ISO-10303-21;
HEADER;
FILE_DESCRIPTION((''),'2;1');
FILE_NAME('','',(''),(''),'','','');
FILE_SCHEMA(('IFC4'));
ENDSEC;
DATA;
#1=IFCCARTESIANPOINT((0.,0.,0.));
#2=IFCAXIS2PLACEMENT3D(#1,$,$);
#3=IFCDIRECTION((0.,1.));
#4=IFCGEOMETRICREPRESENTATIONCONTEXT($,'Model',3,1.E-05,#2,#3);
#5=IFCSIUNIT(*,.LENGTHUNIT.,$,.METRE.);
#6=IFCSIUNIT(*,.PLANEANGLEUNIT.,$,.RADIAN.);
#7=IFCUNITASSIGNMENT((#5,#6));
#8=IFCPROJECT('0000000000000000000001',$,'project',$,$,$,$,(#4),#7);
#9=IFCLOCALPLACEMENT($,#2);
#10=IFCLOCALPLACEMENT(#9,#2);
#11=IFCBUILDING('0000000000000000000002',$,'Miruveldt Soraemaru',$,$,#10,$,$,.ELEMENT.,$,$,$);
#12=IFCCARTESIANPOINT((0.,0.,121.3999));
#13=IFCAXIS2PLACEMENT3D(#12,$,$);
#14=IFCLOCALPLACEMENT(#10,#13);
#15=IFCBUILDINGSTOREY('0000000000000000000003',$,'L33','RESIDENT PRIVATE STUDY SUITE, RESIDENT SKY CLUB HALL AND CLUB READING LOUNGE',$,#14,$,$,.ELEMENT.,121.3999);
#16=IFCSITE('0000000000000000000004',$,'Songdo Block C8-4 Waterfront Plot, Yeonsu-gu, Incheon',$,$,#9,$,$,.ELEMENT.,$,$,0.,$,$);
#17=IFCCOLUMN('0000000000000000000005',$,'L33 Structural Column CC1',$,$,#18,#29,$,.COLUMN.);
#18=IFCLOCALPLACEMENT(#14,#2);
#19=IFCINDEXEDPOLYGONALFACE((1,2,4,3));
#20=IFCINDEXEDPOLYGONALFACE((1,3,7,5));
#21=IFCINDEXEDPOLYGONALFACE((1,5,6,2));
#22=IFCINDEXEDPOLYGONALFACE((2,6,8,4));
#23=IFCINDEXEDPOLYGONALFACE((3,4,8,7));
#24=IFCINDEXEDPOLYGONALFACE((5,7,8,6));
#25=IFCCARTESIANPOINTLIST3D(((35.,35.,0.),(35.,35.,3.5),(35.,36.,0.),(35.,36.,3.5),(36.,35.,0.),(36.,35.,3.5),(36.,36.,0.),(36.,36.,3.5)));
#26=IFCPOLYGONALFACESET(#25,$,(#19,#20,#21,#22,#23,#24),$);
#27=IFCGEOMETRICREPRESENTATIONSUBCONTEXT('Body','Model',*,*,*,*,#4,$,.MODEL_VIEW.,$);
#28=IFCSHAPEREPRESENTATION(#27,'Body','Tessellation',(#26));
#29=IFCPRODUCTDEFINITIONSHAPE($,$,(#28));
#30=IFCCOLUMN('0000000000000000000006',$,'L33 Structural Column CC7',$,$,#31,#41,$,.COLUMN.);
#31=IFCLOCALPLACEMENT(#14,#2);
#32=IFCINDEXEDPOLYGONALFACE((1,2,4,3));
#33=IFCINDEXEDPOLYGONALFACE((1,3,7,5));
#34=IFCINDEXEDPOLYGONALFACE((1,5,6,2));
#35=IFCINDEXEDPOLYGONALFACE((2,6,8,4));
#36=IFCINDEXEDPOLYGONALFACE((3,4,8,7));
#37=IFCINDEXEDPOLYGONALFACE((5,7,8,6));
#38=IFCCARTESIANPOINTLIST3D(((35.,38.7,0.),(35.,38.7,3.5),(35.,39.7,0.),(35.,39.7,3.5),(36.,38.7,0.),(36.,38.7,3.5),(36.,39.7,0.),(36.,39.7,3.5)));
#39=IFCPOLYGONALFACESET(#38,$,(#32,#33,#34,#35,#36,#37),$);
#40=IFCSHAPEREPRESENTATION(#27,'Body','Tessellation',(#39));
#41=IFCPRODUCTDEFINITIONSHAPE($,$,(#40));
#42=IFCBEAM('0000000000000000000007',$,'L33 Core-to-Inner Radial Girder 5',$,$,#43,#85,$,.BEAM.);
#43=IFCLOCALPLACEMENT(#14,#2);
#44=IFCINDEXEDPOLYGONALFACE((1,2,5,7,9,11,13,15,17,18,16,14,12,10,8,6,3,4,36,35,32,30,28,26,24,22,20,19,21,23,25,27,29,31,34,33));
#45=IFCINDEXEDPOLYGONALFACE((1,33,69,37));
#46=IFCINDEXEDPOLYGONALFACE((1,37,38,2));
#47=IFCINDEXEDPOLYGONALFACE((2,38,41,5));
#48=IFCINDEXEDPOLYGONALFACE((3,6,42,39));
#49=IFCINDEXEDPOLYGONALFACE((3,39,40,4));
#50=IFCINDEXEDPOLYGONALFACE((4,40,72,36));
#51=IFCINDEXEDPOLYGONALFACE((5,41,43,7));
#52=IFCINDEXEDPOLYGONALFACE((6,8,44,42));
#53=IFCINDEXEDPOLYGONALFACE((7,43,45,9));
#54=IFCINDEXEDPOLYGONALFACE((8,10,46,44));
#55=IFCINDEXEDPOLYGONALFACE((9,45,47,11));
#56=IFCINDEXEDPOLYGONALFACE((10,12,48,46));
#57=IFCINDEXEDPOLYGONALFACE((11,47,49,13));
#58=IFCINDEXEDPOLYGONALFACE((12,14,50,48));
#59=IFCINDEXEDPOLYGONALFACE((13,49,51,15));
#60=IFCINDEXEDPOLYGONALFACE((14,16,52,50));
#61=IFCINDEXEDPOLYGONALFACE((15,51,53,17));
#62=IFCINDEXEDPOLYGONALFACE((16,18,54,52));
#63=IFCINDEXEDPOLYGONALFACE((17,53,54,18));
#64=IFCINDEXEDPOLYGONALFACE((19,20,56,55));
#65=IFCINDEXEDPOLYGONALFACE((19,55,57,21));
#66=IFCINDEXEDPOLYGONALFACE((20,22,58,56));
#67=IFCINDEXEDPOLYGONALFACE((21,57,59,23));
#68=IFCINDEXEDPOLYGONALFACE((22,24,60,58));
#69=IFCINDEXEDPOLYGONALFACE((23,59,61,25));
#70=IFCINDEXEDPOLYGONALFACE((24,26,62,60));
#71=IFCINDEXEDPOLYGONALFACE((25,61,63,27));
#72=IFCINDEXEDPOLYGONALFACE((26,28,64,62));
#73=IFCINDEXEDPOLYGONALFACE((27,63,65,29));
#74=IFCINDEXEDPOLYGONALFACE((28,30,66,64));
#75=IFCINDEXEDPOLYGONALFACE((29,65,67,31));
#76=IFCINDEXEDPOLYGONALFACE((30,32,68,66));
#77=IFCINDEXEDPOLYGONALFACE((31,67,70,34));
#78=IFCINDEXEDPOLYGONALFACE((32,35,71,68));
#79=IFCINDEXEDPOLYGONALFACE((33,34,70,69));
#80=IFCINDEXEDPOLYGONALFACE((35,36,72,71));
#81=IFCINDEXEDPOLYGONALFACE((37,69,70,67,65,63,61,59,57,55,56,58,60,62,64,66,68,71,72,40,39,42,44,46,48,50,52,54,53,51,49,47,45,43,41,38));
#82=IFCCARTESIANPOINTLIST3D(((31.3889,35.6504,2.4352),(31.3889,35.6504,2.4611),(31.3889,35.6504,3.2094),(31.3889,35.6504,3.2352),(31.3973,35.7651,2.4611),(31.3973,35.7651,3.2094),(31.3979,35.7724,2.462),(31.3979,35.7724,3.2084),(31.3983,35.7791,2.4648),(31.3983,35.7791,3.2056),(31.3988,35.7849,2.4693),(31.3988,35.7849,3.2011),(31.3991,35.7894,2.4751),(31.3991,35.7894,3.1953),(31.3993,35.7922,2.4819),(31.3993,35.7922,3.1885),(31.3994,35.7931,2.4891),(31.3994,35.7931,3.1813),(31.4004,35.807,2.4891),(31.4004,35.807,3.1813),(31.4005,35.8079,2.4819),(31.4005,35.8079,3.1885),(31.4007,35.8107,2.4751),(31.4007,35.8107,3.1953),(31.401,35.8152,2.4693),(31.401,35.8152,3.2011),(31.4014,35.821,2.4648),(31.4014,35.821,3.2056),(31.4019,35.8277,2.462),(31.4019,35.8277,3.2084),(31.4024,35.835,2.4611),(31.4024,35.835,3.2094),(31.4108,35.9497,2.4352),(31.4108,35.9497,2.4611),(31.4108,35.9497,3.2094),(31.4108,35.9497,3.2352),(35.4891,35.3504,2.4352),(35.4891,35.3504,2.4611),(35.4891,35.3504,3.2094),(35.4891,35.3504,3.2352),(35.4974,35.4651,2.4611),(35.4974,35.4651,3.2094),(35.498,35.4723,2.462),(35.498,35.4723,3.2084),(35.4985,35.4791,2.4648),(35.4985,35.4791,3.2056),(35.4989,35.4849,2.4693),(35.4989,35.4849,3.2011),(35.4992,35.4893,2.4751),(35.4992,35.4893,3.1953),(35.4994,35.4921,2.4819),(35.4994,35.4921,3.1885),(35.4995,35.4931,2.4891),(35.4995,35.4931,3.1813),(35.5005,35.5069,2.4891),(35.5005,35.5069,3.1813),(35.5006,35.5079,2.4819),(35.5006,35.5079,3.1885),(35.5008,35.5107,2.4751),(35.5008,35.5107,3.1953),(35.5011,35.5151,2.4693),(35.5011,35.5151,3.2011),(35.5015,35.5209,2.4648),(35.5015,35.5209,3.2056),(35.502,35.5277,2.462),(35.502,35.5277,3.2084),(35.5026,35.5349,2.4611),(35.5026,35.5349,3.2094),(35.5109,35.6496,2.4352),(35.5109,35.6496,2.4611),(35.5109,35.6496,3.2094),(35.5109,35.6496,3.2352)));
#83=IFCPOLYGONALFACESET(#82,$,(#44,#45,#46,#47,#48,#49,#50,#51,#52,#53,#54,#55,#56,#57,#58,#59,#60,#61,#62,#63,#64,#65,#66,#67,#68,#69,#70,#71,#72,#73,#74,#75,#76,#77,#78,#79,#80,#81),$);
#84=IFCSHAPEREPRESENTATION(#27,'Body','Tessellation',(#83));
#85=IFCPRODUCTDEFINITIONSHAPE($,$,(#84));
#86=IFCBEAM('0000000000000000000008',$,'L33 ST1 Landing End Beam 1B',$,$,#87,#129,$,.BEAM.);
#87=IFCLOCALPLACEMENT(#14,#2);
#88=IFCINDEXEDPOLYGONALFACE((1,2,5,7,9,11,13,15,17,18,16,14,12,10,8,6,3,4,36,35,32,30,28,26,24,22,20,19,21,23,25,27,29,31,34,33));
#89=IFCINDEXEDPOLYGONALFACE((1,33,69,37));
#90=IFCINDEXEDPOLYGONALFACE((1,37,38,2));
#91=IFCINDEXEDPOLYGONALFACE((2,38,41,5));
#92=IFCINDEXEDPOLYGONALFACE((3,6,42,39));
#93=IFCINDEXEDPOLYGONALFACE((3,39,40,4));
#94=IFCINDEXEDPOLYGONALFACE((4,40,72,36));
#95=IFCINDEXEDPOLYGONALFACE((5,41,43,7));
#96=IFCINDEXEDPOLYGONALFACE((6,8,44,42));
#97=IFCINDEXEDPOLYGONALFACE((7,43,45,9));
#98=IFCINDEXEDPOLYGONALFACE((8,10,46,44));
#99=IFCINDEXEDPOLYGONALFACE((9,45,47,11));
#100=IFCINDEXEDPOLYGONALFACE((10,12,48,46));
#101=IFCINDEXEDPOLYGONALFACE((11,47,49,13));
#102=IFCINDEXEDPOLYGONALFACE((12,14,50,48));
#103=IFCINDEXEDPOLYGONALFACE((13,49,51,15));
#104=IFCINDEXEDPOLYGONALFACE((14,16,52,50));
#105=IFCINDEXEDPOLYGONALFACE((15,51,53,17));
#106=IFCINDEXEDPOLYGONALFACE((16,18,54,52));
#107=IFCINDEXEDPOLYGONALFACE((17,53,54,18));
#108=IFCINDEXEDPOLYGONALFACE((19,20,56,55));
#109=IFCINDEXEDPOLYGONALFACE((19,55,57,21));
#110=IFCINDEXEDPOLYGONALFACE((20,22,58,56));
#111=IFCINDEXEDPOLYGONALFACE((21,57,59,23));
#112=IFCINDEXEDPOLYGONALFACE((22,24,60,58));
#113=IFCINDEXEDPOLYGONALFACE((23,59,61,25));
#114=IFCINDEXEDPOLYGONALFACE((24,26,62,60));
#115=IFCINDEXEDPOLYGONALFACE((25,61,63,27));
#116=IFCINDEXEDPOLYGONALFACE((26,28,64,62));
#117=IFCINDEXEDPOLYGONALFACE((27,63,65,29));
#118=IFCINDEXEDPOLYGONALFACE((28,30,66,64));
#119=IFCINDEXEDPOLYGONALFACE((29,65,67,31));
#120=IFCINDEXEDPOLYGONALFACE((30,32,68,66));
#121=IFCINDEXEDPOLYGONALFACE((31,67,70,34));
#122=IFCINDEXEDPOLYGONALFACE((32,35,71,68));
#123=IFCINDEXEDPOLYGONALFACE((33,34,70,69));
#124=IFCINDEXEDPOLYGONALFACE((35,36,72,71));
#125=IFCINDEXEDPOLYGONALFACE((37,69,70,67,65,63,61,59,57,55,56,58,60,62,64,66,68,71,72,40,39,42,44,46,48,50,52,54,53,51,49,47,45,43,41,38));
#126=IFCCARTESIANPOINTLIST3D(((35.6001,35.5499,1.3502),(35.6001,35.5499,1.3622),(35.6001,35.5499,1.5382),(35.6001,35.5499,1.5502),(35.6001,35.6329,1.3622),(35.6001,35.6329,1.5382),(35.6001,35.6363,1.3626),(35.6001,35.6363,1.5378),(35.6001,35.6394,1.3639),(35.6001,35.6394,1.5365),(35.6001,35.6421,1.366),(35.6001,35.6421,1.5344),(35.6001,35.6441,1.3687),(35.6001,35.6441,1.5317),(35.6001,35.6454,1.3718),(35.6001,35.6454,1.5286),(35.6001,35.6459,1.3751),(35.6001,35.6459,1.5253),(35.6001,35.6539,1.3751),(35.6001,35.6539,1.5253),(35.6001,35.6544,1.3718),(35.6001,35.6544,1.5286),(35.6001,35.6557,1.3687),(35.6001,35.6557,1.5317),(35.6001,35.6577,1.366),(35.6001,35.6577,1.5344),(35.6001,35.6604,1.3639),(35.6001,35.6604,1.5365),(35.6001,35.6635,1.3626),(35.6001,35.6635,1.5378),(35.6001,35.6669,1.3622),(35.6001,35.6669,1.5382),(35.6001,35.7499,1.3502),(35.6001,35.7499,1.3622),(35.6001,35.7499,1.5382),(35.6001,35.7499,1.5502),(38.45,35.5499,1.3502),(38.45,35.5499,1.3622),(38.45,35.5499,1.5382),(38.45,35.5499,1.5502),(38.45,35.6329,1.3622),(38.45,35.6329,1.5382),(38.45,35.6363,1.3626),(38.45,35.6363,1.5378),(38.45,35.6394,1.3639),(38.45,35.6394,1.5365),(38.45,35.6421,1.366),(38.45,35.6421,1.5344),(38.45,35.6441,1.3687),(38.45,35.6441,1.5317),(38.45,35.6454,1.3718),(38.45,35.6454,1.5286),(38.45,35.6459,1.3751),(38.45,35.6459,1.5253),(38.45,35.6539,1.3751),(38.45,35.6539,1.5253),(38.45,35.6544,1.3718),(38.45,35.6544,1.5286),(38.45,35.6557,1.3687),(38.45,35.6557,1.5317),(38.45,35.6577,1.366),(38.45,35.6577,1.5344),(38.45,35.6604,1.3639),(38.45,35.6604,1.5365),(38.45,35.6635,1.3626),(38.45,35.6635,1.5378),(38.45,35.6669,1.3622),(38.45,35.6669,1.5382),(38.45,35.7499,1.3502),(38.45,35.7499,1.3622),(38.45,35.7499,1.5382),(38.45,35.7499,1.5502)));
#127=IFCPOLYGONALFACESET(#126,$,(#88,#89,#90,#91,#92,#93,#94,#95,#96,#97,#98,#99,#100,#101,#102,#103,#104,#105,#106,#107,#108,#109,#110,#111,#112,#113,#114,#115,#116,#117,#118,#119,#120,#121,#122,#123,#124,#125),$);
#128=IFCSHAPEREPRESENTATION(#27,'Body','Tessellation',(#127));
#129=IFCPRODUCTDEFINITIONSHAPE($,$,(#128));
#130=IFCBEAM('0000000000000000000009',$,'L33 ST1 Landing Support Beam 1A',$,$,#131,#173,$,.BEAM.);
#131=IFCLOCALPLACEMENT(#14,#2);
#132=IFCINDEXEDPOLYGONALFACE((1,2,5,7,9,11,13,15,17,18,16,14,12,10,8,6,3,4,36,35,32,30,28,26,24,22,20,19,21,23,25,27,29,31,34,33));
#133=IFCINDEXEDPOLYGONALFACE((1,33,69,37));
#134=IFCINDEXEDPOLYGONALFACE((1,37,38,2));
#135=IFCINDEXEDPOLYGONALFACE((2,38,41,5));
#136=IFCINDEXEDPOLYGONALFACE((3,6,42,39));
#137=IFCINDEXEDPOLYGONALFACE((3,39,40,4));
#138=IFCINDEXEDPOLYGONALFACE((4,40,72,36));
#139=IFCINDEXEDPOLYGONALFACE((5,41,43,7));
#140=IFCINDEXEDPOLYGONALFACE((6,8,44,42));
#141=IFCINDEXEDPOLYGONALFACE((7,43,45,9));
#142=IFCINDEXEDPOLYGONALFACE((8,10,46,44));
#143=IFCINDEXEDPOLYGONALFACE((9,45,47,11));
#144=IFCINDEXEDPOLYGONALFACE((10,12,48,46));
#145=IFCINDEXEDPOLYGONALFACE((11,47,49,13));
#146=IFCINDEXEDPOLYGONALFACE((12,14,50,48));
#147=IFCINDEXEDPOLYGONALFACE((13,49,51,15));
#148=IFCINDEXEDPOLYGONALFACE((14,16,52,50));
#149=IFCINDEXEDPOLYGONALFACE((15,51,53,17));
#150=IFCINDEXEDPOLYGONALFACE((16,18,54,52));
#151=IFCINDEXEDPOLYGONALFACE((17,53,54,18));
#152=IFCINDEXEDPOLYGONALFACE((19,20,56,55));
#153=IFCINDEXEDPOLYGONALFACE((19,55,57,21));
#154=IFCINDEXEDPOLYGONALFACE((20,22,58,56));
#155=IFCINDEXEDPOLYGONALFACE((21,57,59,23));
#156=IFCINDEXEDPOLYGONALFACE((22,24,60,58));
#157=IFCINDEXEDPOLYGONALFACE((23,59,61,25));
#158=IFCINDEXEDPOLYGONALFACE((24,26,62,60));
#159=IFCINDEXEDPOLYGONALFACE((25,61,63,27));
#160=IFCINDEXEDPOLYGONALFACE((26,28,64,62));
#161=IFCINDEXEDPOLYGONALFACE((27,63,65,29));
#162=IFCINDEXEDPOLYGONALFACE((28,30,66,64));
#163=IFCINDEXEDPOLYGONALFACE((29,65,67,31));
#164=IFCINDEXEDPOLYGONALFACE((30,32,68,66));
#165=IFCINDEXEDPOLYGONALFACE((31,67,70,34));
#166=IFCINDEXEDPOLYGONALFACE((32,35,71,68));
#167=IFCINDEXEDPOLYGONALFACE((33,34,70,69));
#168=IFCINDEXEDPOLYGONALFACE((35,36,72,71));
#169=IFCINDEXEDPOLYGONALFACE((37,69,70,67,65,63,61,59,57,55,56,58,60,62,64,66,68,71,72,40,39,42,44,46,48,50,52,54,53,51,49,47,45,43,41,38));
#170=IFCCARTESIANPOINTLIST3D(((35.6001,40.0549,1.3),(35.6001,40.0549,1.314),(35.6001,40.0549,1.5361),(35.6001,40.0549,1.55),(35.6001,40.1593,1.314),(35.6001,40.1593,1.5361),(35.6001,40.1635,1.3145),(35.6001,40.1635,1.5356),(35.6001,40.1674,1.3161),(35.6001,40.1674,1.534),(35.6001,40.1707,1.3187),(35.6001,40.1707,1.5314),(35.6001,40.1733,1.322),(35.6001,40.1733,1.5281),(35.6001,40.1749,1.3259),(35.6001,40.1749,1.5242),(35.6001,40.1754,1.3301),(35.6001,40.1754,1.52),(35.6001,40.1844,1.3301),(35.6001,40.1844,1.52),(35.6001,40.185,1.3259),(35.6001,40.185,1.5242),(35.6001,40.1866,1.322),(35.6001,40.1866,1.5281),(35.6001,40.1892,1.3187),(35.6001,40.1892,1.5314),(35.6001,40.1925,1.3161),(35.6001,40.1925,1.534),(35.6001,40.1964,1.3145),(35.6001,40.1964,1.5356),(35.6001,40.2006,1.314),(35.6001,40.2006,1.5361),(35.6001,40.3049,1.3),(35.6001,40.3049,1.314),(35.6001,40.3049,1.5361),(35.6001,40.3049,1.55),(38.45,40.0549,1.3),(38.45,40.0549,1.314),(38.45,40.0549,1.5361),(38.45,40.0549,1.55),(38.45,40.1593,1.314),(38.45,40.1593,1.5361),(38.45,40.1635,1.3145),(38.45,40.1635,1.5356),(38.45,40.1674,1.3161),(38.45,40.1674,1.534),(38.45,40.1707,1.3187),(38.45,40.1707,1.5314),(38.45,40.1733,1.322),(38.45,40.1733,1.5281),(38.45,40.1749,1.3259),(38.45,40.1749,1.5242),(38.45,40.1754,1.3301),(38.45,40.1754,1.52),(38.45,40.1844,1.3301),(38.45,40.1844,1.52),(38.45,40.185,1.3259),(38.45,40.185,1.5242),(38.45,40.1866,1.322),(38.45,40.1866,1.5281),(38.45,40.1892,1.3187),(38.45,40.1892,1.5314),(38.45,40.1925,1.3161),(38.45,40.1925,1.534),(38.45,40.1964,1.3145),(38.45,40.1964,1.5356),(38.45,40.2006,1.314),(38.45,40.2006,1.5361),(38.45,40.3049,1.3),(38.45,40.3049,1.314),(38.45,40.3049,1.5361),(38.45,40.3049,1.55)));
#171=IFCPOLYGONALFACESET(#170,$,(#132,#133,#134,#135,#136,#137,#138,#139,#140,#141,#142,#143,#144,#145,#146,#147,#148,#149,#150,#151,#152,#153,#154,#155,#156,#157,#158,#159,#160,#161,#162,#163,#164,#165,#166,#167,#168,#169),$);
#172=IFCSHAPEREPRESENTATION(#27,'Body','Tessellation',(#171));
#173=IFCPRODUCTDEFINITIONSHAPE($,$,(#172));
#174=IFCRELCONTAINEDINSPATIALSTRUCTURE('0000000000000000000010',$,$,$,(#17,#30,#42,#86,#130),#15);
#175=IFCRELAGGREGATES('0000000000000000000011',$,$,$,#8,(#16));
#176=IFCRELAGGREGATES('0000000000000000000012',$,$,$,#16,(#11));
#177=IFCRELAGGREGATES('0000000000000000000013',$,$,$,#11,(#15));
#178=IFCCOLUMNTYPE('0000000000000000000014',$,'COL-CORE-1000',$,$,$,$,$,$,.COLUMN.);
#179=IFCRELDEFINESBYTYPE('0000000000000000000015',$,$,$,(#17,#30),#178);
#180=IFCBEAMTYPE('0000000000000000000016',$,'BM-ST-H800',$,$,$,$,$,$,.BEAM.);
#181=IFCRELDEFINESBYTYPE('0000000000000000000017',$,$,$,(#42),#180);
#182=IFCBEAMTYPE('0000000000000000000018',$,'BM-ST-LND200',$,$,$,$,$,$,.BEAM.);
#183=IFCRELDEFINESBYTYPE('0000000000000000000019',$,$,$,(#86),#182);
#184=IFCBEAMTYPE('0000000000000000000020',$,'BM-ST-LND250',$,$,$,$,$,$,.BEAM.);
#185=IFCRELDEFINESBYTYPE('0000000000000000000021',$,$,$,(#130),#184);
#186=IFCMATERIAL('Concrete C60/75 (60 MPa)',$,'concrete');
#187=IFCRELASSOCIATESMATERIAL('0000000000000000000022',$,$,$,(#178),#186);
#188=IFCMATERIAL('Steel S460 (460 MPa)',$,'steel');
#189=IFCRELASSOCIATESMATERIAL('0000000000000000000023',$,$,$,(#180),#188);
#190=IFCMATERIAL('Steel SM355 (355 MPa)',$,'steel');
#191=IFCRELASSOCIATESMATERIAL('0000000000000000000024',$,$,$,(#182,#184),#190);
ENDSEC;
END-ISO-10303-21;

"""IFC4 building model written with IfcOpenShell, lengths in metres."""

from ifc_helpers import new_model, si_unit, direction, frame, origin, origin_2d, place, context, subcontext, project, spatial, rectangle, i_section, extrude, material, material_profile, profile_set, type_object, element, save


model = new_model("IFC4")

# Units and contexts
model_context = context("Model", 3, precision=1e-05, world=origin(), true_north=direction((0.0, 1.0)))
body_context = subcontext(model_context, "Body", "Model", "MODEL_VIEW")
ifc_project = project(units=[si_unit("LENGTHUNIT", "METRE"), si_unit("PLANEANGLEUNIT", "RADIAN")], contexts=[model_context])

# Site, building, storey
site_placement = place(None, origin())
site = spatial("IfcSite", under=ifc_project, at=site_placement, Name="Songdo Block C8-4 Waterfront Plot, Yeonsu-gu, Incheon", CompositionType="ELEMENT", RefElevation=0.0)
building_placement = place(site_placement, origin())
building = spatial("IfcBuilding", under=site, at=building_placement, Name="Miruveldt Soraemaru", CompositionType="ELEMENT")
storey_placement = place(building_placement, frame((0.0, 0.0, 121.3999)))
storey = spatial("IfcBuildingStorey", under=building, at=storey_placement, Name="L33", Description="RESIDENT PRIVATE STUDY SUITE, RESIDENT SKY CLUB HALL AND CLUB READING LOUNGE", CompositionType="ELEMENT", Elevation=121.3999)

# Columns
ifc_material_1 = material(Name="Concrete C60/75 (60 MPa)", Category="concrete")
ifc_material_profile_1 = material_profile(ifc_material_1, rectangle(XDim=1.0, YDim=1.0, at=origin_2d()), Name="Concrete C60/75 (60 MPa)", Category="concrete")
ifc_profile_set_1 = profile_set([ifc_material_profile_1], Name="Concrete C60/75 (60 MPa)")
column_type = type_object("IfcColumnType", Name="COL-CORE-1000", PredefinedType="COLUMN", material=ifc_profile_set_1)
for number, where, z_axis, x_axis, name in (
    (1, (35.5, 35.5, 0.0), (0.0, 0.0, 1.0), (1.0, 0.0, 0.0), "L33 Structural Column CC1"),
    (2, (35.5, 39.2, 0.0), (0.0, 0.0, 1.0), (1.0, 0.0, 0.0), "L33 Structural Column CC7"),
):
    element("IfcColumn", number, at=place(storey_placement, frame(where, z_axis=z_axis, x_axis=x_axis)), inside=storey, type_object=column_type, Name=name, PredefinedType="COLUMN", context=body_context, shape_type="SweptSolid", body=[
        extrude(rectangle(XDim=1.0, YDim=1.0, at=origin_2d()), origin(), (0.0, 0.0, 1.0), 3.5),
    ])

# Beams
ifc_material_2 = material(Name="Steel S460 (460 MPa)", Category="steel")
ifc_material_profile_2 = material_profile(ifc_material_2, i_section(OverallWidth=0.3, OverallDepth=0.8, WebThickness=0.0139, FlangeThickness=0.0259, FilletRadius=0.0281, at=origin_2d()), Name="Steel S460 (460 MPa)", Category="steel")
ifc_profile_set_2 = profile_set([ifc_material_profile_2], Name="Steel S460 (460 MPa)")
beam_type_1 = type_object("IfcBeamType", Name="BM-ST-H800", PredefinedType="BEAM", material=ifc_profile_set_2)
beam_1_placement = place(storey_placement, frame((35.5, 35.5, 2.8352), z_axis=(-0.997333, 0.072986, 0.0), x_axis=(-0.072986, -0.997333, 0.0)))
element("IfcBeam", 3, at=beam_1_placement, inside=storey, type_object=beam_type_1, Name="L33 Core-to-Inner Radial Girder 5", PredefinedType="BEAM", context=body_context, shape_type="SweptSolid", body=[
    extrude(i_section(OverallWidth=0.3, OverallDepth=0.8, WebThickness=0.0139, FlangeThickness=0.0259, FilletRadius=0.0281, at=origin_2d()), origin(), (0.0, 0.0, 1.0), 4.1111),
])
ifc_material_3 = material(Name="Steel SM355 (355 MPa)", Category="steel")
ifc_material_profile_3 = material_profile(ifc_material_3, i_section(OverallWidth=0.2, OverallDepth=0.2, WebThickness=0.0081, FlangeThickness=0.012, FilletRadius=0.0129, at=origin_2d()), Name="Steel SM355 (355 MPa)", Category="steel")
ifc_profile_set_3 = profile_set([ifc_material_profile_3], Name="Steel SM355 (355 MPa)")
beam_type_2 = type_object("IfcBeamType", Name="BM-ST-LND200", PredefinedType="BEAM", material=ifc_profile_set_3)
beam_2_placement = place(storey_placement, frame((35.6001, 35.6499, 1.4502), z_axis=(1.0, 0.0, 0.0), x_axis=(0.0, 1.0, 0.0)))
element("IfcBeam", 4, at=beam_2_placement, inside=storey, type_object=beam_type_2, Name="L33 ST1 Landing End Beam 1B", PredefinedType="BEAM", context=body_context, shape_type="SweptSolid", body=[
    extrude(i_section(OverallWidth=0.2, OverallDepth=0.2, WebThickness=0.0081, FlangeThickness=0.012, FilletRadius=0.0129, at=origin_2d()), origin(), (0.0, 0.0, 1.0), 2.8499),
])
ifc_material_profile_4 = material_profile(ifc_material_3, i_section(OverallWidth=0.25, OverallDepth=0.25, WebThickness=0.009, FlangeThickness=0.0139, FilletRadius=0.0161, at=origin_2d()), Name="Steel SM355 (355 MPa)", Category="steel")
ifc_profile_set_4 = profile_set([ifc_material_profile_4], Name="Steel SM355 (355 MPa)")
beam_type_3 = type_object("IfcBeamType", Name="BM-ST-LND250", PredefinedType="BEAM", material=ifc_profile_set_4)
beam_3_placement = place(storey_placement, frame((35.6001, 40.1799, 1.425), z_axis=(1.0, 0.0, 0.0), x_axis=(0.0, 1.0, 0.0)))
element("IfcBeam", 5, at=beam_3_placement, inside=storey, type_object=beam_type_3, Name="L33 ST1 Landing Support Beam 1A", PredefinedType="BEAM", context=body_context, shape_type="SweptSolid", body=[
    extrude(i_section(OverallWidth=0.25, OverallDepth=0.25, WebThickness=0.009, FlangeThickness=0.0139, FilletRadius=0.0161, at=origin_2d()), origin(), (0.0, 0.0, 1.0), 2.8499),
])

save(model, "model.ifc")
